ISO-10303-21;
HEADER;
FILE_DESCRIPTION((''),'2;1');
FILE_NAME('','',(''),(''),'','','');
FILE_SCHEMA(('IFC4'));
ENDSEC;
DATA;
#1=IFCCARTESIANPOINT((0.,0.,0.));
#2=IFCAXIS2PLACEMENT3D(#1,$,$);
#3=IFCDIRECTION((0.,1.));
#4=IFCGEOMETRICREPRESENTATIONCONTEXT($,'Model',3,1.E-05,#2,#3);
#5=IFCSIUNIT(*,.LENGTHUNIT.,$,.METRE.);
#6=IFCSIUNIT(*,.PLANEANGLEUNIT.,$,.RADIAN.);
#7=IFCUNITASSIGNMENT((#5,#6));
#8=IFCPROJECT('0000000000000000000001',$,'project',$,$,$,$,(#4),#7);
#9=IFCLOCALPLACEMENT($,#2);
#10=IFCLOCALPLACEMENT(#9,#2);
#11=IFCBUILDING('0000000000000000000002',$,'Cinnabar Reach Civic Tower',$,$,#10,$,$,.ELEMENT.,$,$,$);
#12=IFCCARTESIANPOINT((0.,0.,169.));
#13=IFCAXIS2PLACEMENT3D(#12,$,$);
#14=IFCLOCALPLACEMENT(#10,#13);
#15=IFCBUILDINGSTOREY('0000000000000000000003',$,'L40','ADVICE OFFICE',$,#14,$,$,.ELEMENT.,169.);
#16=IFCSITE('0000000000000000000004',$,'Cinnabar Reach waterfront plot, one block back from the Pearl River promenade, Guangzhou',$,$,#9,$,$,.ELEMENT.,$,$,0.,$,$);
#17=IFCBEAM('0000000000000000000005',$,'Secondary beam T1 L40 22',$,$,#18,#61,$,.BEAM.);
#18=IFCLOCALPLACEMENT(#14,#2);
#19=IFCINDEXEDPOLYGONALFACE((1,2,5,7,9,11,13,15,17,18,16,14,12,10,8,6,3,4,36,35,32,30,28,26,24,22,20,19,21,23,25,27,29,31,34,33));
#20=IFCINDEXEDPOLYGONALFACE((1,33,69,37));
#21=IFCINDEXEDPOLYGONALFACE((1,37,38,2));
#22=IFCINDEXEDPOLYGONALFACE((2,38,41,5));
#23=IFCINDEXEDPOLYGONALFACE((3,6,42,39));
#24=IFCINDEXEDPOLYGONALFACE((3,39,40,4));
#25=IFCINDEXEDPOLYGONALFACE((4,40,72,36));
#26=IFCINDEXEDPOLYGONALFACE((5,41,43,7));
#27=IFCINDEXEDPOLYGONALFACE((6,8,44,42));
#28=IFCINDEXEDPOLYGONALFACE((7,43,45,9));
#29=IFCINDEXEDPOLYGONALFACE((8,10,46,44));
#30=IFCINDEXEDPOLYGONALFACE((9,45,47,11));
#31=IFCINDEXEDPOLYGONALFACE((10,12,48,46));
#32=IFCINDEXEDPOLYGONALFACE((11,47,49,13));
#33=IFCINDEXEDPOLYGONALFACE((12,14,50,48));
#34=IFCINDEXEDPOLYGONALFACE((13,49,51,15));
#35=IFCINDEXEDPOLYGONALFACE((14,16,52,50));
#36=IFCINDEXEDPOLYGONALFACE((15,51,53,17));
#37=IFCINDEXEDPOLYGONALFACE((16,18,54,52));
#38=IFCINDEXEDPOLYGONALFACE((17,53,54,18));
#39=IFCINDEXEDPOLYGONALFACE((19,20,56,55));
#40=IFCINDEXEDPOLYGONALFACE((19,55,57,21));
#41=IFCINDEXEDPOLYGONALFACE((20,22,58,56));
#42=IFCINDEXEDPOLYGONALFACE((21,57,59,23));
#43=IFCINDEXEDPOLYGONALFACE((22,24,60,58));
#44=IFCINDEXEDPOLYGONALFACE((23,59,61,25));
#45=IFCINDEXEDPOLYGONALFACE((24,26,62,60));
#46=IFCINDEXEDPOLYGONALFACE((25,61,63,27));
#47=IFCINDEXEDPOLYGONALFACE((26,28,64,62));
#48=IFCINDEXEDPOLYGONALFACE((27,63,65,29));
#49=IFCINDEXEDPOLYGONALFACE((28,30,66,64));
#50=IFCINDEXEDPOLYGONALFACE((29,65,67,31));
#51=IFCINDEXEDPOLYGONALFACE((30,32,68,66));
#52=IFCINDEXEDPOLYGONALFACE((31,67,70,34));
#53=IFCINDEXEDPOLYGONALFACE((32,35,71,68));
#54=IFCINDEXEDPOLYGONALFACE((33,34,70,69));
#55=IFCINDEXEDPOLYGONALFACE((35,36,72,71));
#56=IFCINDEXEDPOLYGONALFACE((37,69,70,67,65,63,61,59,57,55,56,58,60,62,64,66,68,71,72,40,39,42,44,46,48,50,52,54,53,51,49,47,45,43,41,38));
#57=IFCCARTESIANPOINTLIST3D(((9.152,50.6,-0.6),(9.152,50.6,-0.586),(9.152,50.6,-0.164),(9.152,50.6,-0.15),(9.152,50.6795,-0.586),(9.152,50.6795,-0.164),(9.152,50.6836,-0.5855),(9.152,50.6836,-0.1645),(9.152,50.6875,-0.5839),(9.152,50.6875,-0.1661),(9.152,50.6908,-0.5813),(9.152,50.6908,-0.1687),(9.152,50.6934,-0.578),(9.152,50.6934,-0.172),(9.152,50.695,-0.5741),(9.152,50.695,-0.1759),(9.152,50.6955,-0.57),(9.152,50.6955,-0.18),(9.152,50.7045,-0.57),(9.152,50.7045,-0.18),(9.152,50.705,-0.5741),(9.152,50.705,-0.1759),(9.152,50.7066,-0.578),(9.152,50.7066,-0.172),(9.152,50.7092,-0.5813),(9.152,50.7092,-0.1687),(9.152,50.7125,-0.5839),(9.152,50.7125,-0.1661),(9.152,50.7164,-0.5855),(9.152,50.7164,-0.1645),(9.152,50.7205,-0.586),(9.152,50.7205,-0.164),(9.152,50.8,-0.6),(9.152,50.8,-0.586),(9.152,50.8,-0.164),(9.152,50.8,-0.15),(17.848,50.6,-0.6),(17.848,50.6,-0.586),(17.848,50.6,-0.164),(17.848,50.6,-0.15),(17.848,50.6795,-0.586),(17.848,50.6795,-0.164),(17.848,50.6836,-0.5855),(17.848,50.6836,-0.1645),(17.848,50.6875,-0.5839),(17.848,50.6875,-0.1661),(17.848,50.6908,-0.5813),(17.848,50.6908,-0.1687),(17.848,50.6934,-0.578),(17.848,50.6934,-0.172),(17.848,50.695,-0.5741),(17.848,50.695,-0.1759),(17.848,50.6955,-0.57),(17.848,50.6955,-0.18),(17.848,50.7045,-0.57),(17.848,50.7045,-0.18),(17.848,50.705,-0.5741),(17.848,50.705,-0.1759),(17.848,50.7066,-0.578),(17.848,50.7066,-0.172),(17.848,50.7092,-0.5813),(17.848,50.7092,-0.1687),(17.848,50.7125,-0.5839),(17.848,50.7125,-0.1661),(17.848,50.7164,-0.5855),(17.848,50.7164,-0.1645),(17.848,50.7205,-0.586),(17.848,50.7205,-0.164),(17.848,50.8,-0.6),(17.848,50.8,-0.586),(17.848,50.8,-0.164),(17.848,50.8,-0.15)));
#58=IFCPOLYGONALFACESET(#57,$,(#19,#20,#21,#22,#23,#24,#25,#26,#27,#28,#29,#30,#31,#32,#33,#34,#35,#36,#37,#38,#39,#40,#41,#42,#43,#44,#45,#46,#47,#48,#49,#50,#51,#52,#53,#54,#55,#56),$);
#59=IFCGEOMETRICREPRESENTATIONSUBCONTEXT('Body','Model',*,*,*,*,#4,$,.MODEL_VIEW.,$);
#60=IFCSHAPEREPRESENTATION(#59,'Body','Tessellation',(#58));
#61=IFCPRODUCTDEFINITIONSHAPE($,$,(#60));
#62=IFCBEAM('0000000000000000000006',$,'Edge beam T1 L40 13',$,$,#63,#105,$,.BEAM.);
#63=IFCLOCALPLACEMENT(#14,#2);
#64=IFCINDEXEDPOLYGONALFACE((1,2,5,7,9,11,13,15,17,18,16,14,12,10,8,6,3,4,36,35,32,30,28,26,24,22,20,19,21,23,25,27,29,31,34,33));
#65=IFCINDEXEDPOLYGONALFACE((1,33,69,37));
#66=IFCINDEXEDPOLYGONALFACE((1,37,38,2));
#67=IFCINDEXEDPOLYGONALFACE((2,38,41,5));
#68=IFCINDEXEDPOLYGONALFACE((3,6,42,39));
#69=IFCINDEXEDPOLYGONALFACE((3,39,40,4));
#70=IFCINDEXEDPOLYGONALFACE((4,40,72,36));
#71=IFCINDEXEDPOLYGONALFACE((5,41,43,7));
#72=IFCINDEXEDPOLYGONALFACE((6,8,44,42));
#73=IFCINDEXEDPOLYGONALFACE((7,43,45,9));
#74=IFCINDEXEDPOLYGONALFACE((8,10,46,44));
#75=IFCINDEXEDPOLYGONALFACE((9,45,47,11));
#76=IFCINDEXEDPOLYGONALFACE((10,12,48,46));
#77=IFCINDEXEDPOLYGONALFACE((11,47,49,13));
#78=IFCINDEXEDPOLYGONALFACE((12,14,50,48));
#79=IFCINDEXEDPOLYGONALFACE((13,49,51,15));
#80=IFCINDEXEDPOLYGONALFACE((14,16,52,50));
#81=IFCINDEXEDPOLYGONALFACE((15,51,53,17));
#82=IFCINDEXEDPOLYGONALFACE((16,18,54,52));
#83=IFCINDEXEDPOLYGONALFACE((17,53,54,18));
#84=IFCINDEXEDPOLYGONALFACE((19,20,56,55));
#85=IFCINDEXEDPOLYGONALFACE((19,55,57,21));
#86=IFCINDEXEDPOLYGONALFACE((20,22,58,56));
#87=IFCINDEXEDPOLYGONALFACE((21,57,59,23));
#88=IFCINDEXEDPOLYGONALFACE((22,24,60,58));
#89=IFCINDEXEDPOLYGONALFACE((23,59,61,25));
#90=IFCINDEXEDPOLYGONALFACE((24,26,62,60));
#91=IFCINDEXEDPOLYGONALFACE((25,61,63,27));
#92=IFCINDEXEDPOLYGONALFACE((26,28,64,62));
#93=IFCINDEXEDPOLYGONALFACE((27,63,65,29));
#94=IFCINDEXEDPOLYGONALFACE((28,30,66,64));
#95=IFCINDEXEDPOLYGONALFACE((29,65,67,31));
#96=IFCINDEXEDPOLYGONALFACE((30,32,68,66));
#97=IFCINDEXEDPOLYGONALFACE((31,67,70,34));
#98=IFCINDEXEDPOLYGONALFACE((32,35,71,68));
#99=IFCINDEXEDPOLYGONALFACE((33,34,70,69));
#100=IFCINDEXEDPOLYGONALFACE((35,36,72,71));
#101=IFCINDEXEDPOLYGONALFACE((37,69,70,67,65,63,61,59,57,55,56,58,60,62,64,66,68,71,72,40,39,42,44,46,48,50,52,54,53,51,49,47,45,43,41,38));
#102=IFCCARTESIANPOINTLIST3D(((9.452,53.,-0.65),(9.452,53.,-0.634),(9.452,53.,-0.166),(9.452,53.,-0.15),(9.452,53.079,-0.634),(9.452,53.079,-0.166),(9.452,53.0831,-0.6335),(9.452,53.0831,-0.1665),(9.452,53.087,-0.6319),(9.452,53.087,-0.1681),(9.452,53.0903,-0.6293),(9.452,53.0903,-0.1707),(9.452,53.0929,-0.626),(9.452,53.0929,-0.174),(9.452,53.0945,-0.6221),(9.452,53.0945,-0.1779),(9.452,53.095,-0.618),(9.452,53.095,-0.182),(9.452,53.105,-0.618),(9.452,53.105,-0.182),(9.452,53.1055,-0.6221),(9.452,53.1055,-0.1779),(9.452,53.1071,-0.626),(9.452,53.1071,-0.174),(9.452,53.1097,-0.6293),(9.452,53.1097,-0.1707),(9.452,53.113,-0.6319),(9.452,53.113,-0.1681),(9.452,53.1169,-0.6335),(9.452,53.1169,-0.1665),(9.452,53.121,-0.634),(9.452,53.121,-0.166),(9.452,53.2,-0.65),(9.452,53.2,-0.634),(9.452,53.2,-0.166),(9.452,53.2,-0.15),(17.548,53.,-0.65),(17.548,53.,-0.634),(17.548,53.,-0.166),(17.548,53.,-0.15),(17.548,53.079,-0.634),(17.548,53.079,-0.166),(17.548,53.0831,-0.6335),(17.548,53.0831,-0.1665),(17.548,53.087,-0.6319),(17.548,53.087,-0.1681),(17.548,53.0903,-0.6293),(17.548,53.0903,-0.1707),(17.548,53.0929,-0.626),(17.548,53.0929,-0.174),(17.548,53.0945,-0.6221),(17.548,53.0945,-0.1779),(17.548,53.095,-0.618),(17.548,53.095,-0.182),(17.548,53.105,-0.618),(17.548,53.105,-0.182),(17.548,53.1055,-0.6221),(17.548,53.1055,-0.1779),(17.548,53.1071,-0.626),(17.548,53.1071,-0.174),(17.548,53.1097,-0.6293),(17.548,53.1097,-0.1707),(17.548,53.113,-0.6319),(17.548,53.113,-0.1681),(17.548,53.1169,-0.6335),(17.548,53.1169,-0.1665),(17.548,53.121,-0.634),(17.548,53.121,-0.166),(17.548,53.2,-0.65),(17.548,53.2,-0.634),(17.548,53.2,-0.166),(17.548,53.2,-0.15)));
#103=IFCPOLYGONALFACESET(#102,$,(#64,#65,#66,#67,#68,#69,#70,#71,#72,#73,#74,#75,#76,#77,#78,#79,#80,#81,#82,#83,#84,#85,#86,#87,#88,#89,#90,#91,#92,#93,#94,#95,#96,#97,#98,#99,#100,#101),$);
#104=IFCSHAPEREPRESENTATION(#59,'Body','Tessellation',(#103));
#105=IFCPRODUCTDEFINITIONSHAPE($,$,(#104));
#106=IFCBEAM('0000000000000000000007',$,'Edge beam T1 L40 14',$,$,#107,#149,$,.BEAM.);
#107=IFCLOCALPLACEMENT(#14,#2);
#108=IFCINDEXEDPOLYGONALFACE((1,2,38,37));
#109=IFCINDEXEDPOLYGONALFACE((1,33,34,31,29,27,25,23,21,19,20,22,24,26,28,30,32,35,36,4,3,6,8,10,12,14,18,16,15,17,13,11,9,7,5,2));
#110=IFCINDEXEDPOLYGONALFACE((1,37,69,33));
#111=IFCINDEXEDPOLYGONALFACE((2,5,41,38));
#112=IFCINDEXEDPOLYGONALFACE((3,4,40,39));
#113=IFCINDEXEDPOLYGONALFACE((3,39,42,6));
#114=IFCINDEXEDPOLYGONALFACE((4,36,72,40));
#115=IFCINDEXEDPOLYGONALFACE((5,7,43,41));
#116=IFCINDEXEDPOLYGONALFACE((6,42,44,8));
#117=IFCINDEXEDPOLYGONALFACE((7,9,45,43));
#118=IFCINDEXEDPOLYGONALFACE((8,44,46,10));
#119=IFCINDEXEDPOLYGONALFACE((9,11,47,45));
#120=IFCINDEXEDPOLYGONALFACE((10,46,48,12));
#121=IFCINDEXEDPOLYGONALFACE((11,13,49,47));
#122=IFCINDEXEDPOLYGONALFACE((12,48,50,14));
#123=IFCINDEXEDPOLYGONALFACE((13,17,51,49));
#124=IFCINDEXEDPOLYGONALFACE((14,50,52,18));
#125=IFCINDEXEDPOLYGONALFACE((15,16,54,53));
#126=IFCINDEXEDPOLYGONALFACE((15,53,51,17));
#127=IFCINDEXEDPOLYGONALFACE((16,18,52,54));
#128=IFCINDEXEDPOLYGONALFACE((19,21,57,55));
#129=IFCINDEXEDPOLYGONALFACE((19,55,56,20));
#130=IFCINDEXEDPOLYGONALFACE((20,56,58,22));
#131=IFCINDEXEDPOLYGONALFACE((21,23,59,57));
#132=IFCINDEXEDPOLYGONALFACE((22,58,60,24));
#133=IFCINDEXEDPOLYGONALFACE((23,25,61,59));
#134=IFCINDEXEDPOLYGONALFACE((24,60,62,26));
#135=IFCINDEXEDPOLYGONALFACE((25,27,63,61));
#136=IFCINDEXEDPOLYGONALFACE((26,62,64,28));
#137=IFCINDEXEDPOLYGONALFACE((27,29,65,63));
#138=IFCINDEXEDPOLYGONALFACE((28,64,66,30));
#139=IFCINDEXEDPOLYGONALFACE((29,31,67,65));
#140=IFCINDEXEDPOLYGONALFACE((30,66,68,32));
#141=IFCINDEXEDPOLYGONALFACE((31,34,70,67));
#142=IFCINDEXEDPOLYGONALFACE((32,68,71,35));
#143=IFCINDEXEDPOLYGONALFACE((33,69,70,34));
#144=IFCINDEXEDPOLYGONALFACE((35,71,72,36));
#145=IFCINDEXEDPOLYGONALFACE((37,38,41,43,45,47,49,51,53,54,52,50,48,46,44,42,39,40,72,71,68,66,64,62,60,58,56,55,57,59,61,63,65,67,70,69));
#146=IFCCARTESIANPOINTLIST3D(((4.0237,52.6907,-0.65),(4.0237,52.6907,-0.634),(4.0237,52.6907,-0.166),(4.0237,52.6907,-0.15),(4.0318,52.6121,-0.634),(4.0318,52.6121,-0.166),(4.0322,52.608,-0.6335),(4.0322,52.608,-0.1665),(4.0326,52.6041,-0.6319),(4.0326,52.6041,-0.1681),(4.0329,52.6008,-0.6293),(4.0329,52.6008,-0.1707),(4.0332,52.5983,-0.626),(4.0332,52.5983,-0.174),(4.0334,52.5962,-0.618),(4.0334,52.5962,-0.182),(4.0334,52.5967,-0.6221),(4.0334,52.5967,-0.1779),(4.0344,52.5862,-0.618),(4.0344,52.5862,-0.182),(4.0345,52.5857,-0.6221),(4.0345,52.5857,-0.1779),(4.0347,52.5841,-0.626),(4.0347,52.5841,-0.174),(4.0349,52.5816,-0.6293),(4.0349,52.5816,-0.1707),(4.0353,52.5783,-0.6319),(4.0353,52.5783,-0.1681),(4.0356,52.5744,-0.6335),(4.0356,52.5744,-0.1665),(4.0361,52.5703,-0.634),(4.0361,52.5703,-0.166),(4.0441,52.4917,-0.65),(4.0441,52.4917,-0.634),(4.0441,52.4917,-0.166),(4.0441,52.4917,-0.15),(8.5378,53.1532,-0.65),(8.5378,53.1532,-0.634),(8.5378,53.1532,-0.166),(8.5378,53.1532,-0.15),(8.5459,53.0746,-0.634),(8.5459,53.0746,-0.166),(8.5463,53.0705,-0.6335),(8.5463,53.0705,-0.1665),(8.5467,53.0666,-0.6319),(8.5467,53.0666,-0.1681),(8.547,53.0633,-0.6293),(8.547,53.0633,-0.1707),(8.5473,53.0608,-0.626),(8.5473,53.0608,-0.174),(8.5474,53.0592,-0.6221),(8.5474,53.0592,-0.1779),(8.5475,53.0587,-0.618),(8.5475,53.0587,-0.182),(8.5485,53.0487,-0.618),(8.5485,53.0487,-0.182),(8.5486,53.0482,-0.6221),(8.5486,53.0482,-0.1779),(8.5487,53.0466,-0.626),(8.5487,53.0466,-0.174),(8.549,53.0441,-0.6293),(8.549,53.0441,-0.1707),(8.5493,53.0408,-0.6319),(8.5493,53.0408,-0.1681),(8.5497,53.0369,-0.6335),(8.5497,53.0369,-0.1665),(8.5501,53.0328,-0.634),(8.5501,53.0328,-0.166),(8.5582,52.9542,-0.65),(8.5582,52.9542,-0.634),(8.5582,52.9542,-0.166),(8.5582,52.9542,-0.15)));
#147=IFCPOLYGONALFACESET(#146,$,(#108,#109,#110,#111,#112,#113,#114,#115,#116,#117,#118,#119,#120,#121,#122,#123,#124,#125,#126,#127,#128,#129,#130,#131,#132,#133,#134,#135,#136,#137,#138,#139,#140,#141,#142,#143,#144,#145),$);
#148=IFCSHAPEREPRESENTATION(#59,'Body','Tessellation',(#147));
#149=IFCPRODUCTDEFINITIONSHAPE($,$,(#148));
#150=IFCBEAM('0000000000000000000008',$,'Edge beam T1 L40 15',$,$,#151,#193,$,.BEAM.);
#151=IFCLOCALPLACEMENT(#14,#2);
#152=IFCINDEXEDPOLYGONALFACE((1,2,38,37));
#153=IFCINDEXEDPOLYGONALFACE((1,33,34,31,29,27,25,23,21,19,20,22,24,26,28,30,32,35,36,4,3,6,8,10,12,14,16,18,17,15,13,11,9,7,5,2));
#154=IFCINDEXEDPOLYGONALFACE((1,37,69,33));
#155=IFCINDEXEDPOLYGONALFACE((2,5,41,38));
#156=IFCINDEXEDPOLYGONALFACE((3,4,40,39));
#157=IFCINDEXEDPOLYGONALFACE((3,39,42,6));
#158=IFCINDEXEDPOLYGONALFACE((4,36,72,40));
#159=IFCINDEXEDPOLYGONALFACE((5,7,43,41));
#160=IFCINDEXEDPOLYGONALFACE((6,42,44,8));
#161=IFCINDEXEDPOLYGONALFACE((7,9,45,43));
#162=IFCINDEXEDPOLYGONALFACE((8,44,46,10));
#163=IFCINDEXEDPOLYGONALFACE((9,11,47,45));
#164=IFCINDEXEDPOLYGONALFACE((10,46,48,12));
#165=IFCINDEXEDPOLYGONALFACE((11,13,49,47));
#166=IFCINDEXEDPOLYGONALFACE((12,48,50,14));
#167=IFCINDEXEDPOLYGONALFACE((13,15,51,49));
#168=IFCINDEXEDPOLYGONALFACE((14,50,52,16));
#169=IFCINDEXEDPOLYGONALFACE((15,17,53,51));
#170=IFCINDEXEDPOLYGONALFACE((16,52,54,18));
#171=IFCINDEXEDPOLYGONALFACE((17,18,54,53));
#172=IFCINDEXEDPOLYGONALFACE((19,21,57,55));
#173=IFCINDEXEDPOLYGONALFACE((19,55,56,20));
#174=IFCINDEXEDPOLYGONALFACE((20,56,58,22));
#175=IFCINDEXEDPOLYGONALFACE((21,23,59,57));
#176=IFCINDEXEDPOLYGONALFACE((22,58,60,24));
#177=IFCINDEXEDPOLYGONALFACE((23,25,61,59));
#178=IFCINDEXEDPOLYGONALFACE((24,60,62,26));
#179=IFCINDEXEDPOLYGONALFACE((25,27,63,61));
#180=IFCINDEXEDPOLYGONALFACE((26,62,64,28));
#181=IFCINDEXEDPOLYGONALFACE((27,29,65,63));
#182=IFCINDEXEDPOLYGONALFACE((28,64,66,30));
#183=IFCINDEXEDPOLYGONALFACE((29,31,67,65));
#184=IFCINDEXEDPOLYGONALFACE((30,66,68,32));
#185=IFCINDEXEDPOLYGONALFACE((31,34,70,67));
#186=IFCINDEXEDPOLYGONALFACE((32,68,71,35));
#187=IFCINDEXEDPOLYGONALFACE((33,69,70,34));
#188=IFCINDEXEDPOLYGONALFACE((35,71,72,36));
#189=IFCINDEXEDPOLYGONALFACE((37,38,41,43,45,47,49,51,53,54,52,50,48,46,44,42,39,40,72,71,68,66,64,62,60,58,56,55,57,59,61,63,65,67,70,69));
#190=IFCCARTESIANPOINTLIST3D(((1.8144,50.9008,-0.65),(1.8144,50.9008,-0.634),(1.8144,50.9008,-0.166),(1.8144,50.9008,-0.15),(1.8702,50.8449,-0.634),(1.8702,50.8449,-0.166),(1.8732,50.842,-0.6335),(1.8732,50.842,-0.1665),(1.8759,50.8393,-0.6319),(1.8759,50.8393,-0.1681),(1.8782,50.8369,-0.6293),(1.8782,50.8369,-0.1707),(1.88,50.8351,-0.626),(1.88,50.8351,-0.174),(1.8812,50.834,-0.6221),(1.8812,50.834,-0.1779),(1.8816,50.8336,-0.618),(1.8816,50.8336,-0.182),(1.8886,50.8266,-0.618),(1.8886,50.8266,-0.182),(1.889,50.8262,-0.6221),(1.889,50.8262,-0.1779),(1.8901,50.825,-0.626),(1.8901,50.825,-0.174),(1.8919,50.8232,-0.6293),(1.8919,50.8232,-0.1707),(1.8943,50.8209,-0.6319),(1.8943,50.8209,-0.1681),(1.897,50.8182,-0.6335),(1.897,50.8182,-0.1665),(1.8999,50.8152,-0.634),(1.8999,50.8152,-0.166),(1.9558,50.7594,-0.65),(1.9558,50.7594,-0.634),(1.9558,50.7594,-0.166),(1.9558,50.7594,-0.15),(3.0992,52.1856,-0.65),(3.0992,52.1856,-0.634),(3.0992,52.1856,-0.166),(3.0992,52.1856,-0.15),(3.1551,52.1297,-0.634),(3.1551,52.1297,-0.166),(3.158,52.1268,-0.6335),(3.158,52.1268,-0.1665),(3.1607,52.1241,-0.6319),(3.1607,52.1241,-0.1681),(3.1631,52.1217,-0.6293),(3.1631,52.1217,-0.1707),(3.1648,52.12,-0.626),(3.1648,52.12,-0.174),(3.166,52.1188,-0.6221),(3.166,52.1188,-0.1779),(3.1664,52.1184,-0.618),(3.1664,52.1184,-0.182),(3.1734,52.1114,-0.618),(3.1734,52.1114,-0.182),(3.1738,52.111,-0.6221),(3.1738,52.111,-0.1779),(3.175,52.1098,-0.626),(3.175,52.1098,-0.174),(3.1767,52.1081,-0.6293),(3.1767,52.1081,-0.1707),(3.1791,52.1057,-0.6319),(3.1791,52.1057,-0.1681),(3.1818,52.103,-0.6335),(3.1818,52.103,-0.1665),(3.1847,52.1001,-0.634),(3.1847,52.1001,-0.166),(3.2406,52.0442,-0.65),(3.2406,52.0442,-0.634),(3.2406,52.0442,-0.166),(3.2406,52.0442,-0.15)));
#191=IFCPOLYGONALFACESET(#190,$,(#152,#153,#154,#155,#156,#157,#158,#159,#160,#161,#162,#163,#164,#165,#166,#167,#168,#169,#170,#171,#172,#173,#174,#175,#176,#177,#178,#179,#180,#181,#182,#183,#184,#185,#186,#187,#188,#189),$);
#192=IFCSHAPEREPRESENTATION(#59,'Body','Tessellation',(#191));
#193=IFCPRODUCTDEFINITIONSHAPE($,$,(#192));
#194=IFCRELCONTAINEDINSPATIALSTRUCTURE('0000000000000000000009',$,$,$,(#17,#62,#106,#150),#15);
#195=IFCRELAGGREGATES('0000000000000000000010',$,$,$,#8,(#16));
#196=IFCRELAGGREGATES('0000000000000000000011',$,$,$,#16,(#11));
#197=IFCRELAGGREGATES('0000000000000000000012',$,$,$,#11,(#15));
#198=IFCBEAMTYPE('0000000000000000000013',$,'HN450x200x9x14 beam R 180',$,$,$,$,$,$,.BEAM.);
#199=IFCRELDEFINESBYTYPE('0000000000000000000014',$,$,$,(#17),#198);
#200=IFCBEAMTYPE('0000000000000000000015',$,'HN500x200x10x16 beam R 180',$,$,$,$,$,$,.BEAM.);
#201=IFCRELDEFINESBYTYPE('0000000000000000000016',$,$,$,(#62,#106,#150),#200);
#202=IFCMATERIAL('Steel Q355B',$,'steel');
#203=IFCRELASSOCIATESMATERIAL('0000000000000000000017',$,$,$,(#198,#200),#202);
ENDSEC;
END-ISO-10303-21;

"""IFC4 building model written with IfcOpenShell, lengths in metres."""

from ifc_helpers import new_model, si_unit, direction, frame, origin, origin_2d, place, context, subcontext, project, spatial, i_section, extrude, material, material_profile, profile_set, type_object, element, save


model = new_model("IFC4")

# Units and contexts
model_context = context("Model", 3, precision=1e-05, world=origin(), true_north=direction((0.0, 1.0)))
body_context = subcontext(model_context, "Body", "Model", "MODEL_VIEW")
ifc_project = project(units=[si_unit("LENGTHUNIT", "METRE"), si_unit("PLANEANGLEUNIT", "RADIAN")], contexts=[model_context])

# Site, building, storey
site_placement = place(None, origin())
site = spatial("IfcSite", under=ifc_project, at=site_placement, Name="Cinnabar Reach waterfront plot, one block back from the Pearl River promenade, Guangzhou", CompositionType="ELEMENT", RefElevation=0.0)
building_placement = place(site_placement, origin())
building = spatial("IfcBuilding", under=site, at=building_placement, Name="Cinnabar Reach Civic Tower", CompositionType="ELEMENT")
storey_placement = place(building_placement, frame((0.0, 0.0, 169.0)))
storey = spatial("IfcBuildingStorey", under=building, at=storey_placement, Name="L40", Description="ADVICE OFFICE", CompositionType="ELEMENT", Elevation=169.0)

# Beams
ifc_material_1 = material(Name="Steel Q355B", Category="steel")
ifc_material_profile_1 = material_profile(ifc_material_1, i_section(OverallWidth=0.2, OverallDepth=0.45, WebThickness=0.009, FlangeThickness=0.014, FilletRadius=0.016, at=origin_2d()), Name="HN450x200x9x14")
ifc_profile_set_1 = profile_set([ifc_material_profile_1], Name="Steel Q355B")
beam_type_1 = type_object("IfcBeamType", Name="HN450x200x9x14 beam R 180", PredefinedType="BEAM", material=ifc_profile_set_1)
beam_1_placement = place(storey_placement, frame((9.152, 50.7, -0.375), z_axis=(1.0, 0.0, 0.0), x_axis=(0.0, 1.0, 0.0)))
element("IfcBeam", 1, at=beam_1_placement, inside=storey, type_object=beam_type_1, Name="Secondary beam T1 L40 22", PredefinedType="BEAM", context=body_context, shape_type="SweptSolid", body=[
    extrude(i_section(OverallWidth=0.2, OverallDepth=0.45, WebThickness=0.009, FlangeThickness=0.014, FilletRadius=0.016, at=origin_2d()), origin(), (0.0, 0.0, 1.0), 8.696),
])
ifc_material_profile_2 = material_profile(ifc_material_1, i_section(OverallWidth=0.2, OverallDepth=0.5, WebThickness=0.01, FlangeThickness=0.016, FilletRadius=0.016, at=origin_2d()), Name="HN500x200x10x16")
ifc_profile_set_2 = profile_set([ifc_material_profile_2], Name="Steel Q355B")
beam_type_2 = type_object("IfcBeamType", Name="HN500x200x10x16 beam R 180", PredefinedType="BEAM", material=ifc_profile_set_2)
beam_2_placement = place(storey_placement, frame((17.548, 53.1, -0.4), z_axis=(-1.0, 0.0, 0.0), x_axis=(0.0, -1.0, 0.0)))
element("IfcBeam", 2, at=beam_2_placement, inside=storey, type_object=beam_type_2, Name="Edge beam T1 L40 13", PredefinedType="BEAM", context=body_context, shape_type="SweptSolid", body=[
    extrude(i_section(OverallWidth=0.2, OverallDepth=0.5, WebThickness=0.01, FlangeThickness=0.016, FilletRadius=0.016, at=origin_2d()), origin(), (0.0, 0.0, 1.0), 8.096),
])
beam_3_placement = place(storey_placement, frame((8.548, 53.0537, -0.4), z_axis=(-0.994792, -0.101923, 0.0), x_axis=(0.101923, -0.994792, 0.0)))
element("IfcBeam", 3, at=beam_3_placement, inside=storey, type_object=beam_type_2, Name="Edge beam T1 L40 14", PredefinedType="BEAM", context=body_context, shape_type="SweptSolid", body=[
    extrude(i_section(OverallWidth=0.2, OverallDepth=0.5, WebThickness=0.01, FlangeThickness=0.016, FilletRadius=0.016, at=origin_2d()), origin(), (0.0, 0.0, 1.0), 4.5377),
])
beam_4_placement = place(storey_placement, frame((3.1699, 52.1149, -0.4), z_axis=(-0.707107, -0.707107, 0.0), x_axis=(0.707107, -0.707107, 0.0)))
element("IfcBeam", 4, at=beam_4_placement, inside=storey, type_object=beam_type_2, Name="Edge beam T1 L40 15", PredefinedType="BEAM", context=body_context, shape_type="SweptSolid", body=[
    extrude(i_section(OverallWidth=0.2, OverallDepth=0.5, WebThickness=0.01, FlangeThickness=0.016, FilletRadius=0.016, at=origin_2d()), origin(), (0.0, 0.0, 1.0), 1.817),
])

save(model, "model.ifc")
